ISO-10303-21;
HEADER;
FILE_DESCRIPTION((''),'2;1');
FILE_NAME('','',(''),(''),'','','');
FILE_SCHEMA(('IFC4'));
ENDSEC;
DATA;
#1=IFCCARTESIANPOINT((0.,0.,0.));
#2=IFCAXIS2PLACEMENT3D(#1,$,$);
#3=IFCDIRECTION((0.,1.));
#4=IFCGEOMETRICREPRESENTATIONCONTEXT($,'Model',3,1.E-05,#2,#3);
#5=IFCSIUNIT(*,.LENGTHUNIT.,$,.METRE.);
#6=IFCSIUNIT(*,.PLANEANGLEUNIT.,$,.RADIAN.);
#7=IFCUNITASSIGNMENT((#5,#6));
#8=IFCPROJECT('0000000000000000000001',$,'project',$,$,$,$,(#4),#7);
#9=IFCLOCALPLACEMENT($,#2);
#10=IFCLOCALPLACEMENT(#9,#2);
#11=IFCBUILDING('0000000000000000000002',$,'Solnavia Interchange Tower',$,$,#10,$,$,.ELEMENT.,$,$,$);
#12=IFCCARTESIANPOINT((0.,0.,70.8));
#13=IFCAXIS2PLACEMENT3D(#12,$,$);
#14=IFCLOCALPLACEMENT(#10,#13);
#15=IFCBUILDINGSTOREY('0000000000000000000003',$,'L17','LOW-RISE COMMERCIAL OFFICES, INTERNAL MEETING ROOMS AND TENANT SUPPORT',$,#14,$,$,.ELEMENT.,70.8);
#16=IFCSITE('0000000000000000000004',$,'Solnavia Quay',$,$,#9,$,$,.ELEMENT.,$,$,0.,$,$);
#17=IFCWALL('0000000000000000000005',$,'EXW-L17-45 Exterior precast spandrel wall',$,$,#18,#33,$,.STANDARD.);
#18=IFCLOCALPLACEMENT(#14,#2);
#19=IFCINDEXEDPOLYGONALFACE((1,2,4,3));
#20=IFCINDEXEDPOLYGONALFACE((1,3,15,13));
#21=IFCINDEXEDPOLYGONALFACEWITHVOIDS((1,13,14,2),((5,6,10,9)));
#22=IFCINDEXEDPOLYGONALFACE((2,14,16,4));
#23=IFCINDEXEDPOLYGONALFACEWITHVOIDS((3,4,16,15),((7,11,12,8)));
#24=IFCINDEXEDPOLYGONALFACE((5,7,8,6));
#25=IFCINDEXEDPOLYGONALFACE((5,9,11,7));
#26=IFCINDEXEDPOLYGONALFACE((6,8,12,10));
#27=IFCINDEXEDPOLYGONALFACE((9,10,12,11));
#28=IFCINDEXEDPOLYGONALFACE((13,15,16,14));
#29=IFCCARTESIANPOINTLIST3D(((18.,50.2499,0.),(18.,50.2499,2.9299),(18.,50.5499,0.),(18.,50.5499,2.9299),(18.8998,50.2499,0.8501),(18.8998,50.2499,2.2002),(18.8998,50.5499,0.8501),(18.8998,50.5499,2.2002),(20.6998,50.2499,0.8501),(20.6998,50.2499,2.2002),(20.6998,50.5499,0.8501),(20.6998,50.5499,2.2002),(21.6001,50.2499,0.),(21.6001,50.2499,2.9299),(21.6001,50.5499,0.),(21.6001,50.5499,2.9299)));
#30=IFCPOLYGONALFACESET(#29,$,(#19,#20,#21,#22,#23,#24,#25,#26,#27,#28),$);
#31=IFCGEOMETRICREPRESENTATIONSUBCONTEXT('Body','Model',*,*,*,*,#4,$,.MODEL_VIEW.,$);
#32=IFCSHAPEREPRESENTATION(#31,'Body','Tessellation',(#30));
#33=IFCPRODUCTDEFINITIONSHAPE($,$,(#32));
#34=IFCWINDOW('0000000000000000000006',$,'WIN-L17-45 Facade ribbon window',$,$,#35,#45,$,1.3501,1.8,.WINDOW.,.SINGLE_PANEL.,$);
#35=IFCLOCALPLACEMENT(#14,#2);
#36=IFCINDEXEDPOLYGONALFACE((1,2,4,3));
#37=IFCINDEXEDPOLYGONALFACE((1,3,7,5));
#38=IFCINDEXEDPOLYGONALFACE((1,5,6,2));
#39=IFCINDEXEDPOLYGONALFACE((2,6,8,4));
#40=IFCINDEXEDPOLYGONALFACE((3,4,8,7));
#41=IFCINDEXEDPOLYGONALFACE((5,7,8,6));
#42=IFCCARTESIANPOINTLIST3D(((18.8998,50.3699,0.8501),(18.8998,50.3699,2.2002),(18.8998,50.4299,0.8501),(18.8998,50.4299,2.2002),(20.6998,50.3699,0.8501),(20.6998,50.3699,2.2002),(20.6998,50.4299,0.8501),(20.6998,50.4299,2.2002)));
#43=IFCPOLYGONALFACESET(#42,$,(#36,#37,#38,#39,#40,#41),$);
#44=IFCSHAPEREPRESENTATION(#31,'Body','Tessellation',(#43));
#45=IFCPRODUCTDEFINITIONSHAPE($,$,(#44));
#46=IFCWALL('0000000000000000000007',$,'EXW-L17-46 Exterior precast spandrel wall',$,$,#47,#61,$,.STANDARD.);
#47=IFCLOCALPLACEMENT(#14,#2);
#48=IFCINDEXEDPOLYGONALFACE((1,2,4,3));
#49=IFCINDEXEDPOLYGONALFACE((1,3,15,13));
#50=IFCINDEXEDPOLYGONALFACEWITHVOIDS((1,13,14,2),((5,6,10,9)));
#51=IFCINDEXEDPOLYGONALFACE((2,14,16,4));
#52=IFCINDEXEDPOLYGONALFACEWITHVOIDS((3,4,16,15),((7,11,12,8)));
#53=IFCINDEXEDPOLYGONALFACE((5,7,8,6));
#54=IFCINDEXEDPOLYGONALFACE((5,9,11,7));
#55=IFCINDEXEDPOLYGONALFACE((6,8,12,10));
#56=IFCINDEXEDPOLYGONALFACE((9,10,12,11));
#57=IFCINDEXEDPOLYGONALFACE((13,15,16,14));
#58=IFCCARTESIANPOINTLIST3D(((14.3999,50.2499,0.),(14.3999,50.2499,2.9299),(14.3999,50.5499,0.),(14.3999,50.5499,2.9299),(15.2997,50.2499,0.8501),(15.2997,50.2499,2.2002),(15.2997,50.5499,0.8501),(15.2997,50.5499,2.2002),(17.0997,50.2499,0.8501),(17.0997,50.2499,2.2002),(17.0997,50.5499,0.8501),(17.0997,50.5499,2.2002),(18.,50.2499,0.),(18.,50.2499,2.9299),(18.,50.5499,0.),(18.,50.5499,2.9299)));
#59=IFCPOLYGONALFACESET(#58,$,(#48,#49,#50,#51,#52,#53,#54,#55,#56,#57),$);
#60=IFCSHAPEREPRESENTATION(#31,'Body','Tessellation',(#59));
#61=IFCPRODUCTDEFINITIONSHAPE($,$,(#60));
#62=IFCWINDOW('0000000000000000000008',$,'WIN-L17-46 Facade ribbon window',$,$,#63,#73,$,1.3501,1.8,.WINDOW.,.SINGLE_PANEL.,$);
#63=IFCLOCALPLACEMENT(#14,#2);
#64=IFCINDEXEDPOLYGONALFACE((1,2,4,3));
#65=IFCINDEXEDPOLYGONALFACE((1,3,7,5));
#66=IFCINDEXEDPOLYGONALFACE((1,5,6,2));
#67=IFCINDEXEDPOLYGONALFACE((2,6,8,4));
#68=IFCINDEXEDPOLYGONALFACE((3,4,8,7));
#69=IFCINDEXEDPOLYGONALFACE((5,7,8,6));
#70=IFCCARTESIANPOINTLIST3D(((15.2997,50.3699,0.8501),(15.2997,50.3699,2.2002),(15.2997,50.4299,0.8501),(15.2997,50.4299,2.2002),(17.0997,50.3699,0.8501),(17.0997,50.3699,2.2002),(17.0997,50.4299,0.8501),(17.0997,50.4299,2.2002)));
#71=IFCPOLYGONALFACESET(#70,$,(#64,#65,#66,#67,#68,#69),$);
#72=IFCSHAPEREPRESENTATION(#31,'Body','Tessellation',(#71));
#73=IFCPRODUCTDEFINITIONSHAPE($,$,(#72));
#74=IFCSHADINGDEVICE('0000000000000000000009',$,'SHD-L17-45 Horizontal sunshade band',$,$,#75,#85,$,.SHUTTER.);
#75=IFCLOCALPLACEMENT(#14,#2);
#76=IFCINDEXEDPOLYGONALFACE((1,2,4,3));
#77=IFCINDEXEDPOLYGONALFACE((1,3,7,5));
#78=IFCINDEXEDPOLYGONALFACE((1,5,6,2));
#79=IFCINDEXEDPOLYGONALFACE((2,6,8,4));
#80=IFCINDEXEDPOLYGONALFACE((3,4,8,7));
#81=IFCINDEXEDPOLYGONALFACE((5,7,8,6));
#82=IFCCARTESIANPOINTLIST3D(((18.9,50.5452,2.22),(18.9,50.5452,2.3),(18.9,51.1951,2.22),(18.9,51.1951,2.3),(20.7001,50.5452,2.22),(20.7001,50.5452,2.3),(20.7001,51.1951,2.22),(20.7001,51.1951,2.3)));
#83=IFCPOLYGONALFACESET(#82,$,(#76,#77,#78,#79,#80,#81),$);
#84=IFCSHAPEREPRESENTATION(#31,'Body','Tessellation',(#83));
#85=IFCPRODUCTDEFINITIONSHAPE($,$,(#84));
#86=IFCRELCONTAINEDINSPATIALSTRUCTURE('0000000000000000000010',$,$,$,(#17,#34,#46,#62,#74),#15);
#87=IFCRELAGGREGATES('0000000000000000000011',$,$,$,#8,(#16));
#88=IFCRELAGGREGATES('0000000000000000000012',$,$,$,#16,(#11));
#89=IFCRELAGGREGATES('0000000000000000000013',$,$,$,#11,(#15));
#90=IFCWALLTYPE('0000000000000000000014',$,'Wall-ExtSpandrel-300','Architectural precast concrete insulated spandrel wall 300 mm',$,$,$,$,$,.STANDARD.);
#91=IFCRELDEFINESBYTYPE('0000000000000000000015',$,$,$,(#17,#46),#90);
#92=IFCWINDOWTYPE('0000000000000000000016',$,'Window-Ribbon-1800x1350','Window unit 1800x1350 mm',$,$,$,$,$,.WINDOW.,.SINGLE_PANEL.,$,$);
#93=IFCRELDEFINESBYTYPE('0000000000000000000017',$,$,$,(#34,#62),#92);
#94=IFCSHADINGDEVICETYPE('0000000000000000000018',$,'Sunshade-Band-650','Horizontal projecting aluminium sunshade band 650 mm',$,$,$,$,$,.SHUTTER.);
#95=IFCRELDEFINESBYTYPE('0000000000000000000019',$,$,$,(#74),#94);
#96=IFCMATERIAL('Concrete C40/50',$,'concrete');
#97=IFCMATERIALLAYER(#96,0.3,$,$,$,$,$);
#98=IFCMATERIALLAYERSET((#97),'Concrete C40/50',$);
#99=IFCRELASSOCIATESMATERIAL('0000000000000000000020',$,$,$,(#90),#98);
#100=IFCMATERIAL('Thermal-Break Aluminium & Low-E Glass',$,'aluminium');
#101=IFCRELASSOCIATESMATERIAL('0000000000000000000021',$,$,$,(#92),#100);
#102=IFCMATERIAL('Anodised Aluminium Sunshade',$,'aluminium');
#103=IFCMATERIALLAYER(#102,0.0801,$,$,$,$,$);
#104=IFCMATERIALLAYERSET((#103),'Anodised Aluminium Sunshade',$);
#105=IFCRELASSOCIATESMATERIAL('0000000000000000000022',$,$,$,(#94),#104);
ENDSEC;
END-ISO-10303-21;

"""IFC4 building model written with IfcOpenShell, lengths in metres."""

from ifc_helpers import new_model, si_unit, direction, frame, frame_2d, origin, origin_2d, place, context, subcontext, project, spatial, rectangle, extrude, material, layer, layer_set, type_object, element, fill, save


model = new_model("IFC4")

# Units and contexts
model_context = context("Model", 3, precision=1e-05, world=origin(), true_north=direction((0.0, 1.0)))
body_context = subcontext(model_context, "Body", "Model", "MODEL_VIEW")
ifc_project = project(units=[si_unit("LENGTHUNIT", "METRE"), si_unit("PLANEANGLEUNIT", "RADIAN")], contexts=[model_context])

# Site, building, storey
site_placement = place(None, origin())
site = spatial("IfcSite", under=ifc_project, at=site_placement, Name="Solnavia Quay", CompositionType="ELEMENT", RefElevation=0.0)
building_placement = place(site_placement, origin())
building = spatial("IfcBuilding", under=site, at=building_placement, Name="Solnavia Interchange Tower", CompositionType="ELEMENT")
storey_placement = place(building_placement, frame((0.0, 0.0, 70.8)))
storey = spatial("IfcBuildingStorey", under=building, at=storey_placement, Name="L17", Description="LOW-RISE COMMERCIAL OFFICES, INTERNAL MEETING ROOMS AND TENANT SUPPORT", CompositionType="ELEMENT", Elevation=70.8)

# Shared definitions
ifc_material_1 = material(Name="Concrete C40/50", Category="concrete")
ifc_layer_1 = layer(ifc_material_1, 0.3)
ifc_layer_set_1 = layer_set([ifc_layer_1], Name="Concrete C40/50")
wall_type_1 = type_object("IfcWallType", Name="Wall-ExtSpandrel-300", Description="Architectural precast concrete insulated spandrel wall 300 mm", PredefinedType="STANDARD", material=ifc_layer_set_1)

# Walls, openings, windows
ifc_material_2 = material(Name="Thermal-Break Aluminium & Low-E Glass", Category="aluminium")
window_type = type_object("IfcWindowType", Name="Window-Ribbon-1800x1350", Description="Window unit 1800x1350 mm", PartitioningType="SINGLE_PANEL", PredefinedType="WINDOW", material=ifc_material_2)
wall_1_placement = place(storey_placement, frame((18.0, 50.3999, 0.0), z_axis=(0.0, 0.0, 1.0), x_axis=(1.0, 0.0, 0.0)))
wall_1 = element("IfcWall", 1, at=wall_1_placement, inside=storey, type_object=wall_type_1, Name="EXW-L17-45 Exterior precast spandrel wall", PredefinedType="STANDARD", context=body_context, shape_type="SweptSolid", body=[
    extrude(rectangle(XDim=3.6001, YDim=0.3, at=frame_2d((1.8, 0.0))), origin(), (0.0, 0.0, 1.0), 2.9299),
])
opening_1_placement = place(wall_1_placement, frame((0.8999, 0.0, 0.8501)))
opening_1 = element("IfcOpeningElement", 2, at=opening_1_placement, cuts=wall_1, PredefinedType="OPENING", context=body_context, shape_type="SweptSolid", body=[
    extrude(rectangle(XDim=1.8, YDim=1.3501, at=frame_2d((0.8999, 0.675))), frame((0.0, 0.1602, 0.0), z_axis=(0.0, -1.0, 0.0), x_axis=(1.0, 0.0, 0.0)), (0.0, 0.0, 1.0), 0.3201),
])
window_1_placement = place(opening_1_placement, origin())
window_1 = element("IfcWindow", 3, at=window_1_placement, inside=storey, type_object=window_type, Name="WIN-L17-45 Facade ribbon window", OverallHeight=1.3501, OverallWidth=1.8, PartitioningType="SINGLE_PANEL", PredefinedType="WINDOW", context=body_context, shape_type="SweptSolid", body=[
    extrude(rectangle(XDim=1.8, YDim=1.3501, at=frame_2d((0.8999, 0.675))), frame((0.0, 0.03, 0.0), z_axis=(0.0, -1.0, 0.0), x_axis=(1.0, 0.0, 0.0)), (0.0, 0.0, 1.0), 0.0601),
])
fill(opening_1, window_1)
wall_2_placement = place(storey_placement, frame((14.3999, 50.3999, 0.0), z_axis=(0.0, 0.0, 1.0), x_axis=(1.0, 0.0, 0.0)))
wall_2 = element("IfcWall", 4, at=wall_2_placement, inside=storey, type_object=wall_type_1, Name="EXW-L17-46 Exterior precast spandrel wall", PredefinedType="STANDARD", context=body_context, shape_type="SweptSolid", body=[
    extrude(rectangle(XDim=3.6001, YDim=0.3, at=frame_2d((1.8, 0.0))), origin(), (0.0, 0.0, 1.0), 2.9299),
])
opening_2_placement = place(wall_2_placement, frame((0.8999, 0.0, 0.8501)))
opening_2 = element("IfcOpeningElement", 5, at=opening_2_placement, cuts=wall_2, PredefinedType="OPENING", context=body_context, shape_type="SweptSolid", body=[
    extrude(rectangle(XDim=1.8, YDim=1.3501, at=frame_2d((0.8999, 0.675))), frame((0.0, 0.1602, 0.0), z_axis=(0.0, -1.0, 0.0), x_axis=(1.0, 0.0, 0.0)), (0.0, 0.0, 1.0), 0.3201),
])
window_2_placement = place(opening_2_placement, origin())
window_2 = element("IfcWindow", 6, at=window_2_placement, inside=storey, type_object=window_type, Name="WIN-L17-46 Facade ribbon window", OverallHeight=1.3501, OverallWidth=1.8, PartitioningType="SINGLE_PANEL", PredefinedType="WINDOW", context=body_context, shape_type="SweptSolid", body=[
    extrude(rectangle(XDim=1.8, YDim=1.3501, at=frame_2d((0.8999, 0.675))), frame((0.0, 0.03, 0.0), z_axis=(0.0, -1.0, 0.0), x_axis=(1.0, 0.0, 0.0)), (0.0, 0.0, 1.0), 0.0601),
])
fill(opening_2, window_2)

# Shading device
ifc_material_3 = material(Name="Anodised Aluminium Sunshade", Category="aluminium")
ifc_layer_2 = layer(ifc_material_3, 0.0801)
ifc_layer_set_2 = layer_set([ifc_layer_2], Name="Anodised Aluminium Sunshade")
shading_device_type = type_object("IfcShadingDeviceType", Name="Sunshade-Band-650", Description="Horizontal projecting aluminium sunshade band 650 mm", PredefinedType="SHUTTER", material=ifc_layer_set_2)
shading_device_placement = place(storey_placement, frame((19.8, 50.8701, 2.22), z_axis=(0.0, 0.0, 1.0), x_axis=(1.0, 0.0, 0.0)))
element("IfcShadingDevice", 7, at=shading_device_placement, inside=storey, type_object=shading_device_type, Name="SHD-L17-45 Horizontal sunshade band", PredefinedType="SHUTTER", context=body_context, shape_type="SweptSolid", body=[
    extrude(rectangle(XDim=1.8, YDim=0.6499, at=origin_2d()), origin(), (0.0, 0.0, 1.0), 0.0801),
])

save(model, "model.ifc")
